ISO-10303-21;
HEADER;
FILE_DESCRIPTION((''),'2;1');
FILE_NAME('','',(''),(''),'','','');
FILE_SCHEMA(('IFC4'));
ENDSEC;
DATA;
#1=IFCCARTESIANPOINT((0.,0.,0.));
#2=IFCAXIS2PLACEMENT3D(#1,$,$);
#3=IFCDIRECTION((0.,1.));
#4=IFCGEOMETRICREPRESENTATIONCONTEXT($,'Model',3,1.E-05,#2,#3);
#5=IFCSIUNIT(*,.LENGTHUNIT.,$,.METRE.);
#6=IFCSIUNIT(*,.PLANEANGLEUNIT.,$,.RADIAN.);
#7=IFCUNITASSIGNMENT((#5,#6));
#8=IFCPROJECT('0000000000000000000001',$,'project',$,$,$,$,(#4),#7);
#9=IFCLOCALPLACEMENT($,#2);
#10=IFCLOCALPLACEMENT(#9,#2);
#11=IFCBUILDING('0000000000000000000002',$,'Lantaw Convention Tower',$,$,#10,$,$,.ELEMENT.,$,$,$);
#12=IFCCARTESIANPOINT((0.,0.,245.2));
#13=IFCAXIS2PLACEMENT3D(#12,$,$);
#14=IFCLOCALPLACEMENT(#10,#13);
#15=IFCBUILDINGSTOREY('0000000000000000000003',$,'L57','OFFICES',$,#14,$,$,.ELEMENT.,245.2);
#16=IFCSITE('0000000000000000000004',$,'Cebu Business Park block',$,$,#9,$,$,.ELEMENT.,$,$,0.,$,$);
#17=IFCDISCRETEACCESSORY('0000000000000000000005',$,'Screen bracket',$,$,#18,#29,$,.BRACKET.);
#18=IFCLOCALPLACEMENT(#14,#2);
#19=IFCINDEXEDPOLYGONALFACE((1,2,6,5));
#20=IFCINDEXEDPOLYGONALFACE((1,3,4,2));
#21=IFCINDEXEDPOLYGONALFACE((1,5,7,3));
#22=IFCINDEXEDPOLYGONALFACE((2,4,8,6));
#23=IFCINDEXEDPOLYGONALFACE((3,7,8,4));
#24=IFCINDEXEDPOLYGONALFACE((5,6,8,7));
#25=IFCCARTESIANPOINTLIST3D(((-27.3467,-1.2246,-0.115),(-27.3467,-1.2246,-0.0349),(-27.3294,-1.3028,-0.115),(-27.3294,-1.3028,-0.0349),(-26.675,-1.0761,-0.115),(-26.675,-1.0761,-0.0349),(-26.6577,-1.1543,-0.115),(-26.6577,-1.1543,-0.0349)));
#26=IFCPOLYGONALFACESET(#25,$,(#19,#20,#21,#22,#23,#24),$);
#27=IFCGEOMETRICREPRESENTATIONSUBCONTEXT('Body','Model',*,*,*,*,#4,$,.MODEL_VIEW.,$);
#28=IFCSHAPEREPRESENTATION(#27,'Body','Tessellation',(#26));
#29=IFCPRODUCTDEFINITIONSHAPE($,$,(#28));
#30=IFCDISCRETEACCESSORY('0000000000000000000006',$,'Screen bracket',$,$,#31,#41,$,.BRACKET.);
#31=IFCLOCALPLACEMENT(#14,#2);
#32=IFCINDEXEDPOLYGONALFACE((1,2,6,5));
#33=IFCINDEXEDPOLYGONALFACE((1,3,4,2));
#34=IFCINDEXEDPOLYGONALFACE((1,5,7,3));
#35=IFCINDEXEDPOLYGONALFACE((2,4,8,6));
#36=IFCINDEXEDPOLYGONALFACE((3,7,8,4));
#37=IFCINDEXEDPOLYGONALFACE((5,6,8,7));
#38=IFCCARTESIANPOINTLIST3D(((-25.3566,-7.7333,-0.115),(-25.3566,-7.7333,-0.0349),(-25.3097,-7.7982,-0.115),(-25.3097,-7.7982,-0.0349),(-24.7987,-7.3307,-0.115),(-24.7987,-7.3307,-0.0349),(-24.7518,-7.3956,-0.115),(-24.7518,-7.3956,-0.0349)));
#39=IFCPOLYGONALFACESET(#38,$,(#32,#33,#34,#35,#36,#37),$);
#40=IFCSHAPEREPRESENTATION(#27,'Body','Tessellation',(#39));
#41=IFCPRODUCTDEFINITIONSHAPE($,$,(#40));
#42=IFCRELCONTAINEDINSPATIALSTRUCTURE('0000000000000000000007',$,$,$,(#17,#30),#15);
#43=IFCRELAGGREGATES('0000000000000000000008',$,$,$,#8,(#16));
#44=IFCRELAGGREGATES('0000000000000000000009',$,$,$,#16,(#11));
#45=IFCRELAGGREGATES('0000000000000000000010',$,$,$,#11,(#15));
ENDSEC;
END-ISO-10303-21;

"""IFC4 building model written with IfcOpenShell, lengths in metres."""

from ifc_helpers import new_model, si_unit, direction, frame, origin, origin_2d, place, context, subcontext, project, spatial, rectangle, extrude, element, save


model = new_model("IFC4")

# Units and contexts
model_context = context("Model", 3, precision=1e-05, world=origin(), true_north=direction((0.0, 1.0)))
body_context = subcontext(model_context, "Body", "Model", "MODEL_VIEW")
ifc_project = project(units=[si_unit("LENGTHUNIT", "METRE"), si_unit("PLANEANGLEUNIT", "RADIAN")], contexts=[model_context])

# Site, building, storey
site_placement = place(None, origin())
site = spatial("IfcSite", under=ifc_project, at=site_placement, Name="Cebu Business Park block", CompositionType="ELEMENT", RefElevation=0.0)
building_placement = place(site_placement, origin())
building = spatial("IfcBuilding", under=site, at=building_placement, Name="Lantaw Convention Tower", CompositionType="ELEMENT")
storey_placement = place(building_placement, frame((0.0, 0.0, 245.2)))
storey = spatial("IfcBuildingStorey", under=building, at=storey_placement, Name="L57", Description="OFFICES", CompositionType="ELEMENT", Elevation=245.2)

# Discrete accessories
for number, where, z_axis, x_axis, name in (
    (1, (-27.0022, -1.1895, -0.115), (0.0, 0.0, 1.0), (0.215891, -0.976417, 0.0), "Screen bracket"),
    (2, (-25.0542, -7.5645, -0.115), (0.0, 0.0, 1.0), (0.585158, -0.81092, 0.0), "Screen bracket"),
):
    element("IfcDiscreteAccessory", number, at=place(storey_placement, frame(where, z_axis=z_axis, x_axis=x_axis)), inside=storey, Name=name, PredefinedType="BRACKET", context=body_context, shape_type="SweptSolid", body=[
        extrude(rectangle(XDim=0.0801, YDim=0.688, at=origin_2d()), origin(), (0.0, 0.0, 1.0), 0.0801),
    ])

save(model, "model.ifc")
